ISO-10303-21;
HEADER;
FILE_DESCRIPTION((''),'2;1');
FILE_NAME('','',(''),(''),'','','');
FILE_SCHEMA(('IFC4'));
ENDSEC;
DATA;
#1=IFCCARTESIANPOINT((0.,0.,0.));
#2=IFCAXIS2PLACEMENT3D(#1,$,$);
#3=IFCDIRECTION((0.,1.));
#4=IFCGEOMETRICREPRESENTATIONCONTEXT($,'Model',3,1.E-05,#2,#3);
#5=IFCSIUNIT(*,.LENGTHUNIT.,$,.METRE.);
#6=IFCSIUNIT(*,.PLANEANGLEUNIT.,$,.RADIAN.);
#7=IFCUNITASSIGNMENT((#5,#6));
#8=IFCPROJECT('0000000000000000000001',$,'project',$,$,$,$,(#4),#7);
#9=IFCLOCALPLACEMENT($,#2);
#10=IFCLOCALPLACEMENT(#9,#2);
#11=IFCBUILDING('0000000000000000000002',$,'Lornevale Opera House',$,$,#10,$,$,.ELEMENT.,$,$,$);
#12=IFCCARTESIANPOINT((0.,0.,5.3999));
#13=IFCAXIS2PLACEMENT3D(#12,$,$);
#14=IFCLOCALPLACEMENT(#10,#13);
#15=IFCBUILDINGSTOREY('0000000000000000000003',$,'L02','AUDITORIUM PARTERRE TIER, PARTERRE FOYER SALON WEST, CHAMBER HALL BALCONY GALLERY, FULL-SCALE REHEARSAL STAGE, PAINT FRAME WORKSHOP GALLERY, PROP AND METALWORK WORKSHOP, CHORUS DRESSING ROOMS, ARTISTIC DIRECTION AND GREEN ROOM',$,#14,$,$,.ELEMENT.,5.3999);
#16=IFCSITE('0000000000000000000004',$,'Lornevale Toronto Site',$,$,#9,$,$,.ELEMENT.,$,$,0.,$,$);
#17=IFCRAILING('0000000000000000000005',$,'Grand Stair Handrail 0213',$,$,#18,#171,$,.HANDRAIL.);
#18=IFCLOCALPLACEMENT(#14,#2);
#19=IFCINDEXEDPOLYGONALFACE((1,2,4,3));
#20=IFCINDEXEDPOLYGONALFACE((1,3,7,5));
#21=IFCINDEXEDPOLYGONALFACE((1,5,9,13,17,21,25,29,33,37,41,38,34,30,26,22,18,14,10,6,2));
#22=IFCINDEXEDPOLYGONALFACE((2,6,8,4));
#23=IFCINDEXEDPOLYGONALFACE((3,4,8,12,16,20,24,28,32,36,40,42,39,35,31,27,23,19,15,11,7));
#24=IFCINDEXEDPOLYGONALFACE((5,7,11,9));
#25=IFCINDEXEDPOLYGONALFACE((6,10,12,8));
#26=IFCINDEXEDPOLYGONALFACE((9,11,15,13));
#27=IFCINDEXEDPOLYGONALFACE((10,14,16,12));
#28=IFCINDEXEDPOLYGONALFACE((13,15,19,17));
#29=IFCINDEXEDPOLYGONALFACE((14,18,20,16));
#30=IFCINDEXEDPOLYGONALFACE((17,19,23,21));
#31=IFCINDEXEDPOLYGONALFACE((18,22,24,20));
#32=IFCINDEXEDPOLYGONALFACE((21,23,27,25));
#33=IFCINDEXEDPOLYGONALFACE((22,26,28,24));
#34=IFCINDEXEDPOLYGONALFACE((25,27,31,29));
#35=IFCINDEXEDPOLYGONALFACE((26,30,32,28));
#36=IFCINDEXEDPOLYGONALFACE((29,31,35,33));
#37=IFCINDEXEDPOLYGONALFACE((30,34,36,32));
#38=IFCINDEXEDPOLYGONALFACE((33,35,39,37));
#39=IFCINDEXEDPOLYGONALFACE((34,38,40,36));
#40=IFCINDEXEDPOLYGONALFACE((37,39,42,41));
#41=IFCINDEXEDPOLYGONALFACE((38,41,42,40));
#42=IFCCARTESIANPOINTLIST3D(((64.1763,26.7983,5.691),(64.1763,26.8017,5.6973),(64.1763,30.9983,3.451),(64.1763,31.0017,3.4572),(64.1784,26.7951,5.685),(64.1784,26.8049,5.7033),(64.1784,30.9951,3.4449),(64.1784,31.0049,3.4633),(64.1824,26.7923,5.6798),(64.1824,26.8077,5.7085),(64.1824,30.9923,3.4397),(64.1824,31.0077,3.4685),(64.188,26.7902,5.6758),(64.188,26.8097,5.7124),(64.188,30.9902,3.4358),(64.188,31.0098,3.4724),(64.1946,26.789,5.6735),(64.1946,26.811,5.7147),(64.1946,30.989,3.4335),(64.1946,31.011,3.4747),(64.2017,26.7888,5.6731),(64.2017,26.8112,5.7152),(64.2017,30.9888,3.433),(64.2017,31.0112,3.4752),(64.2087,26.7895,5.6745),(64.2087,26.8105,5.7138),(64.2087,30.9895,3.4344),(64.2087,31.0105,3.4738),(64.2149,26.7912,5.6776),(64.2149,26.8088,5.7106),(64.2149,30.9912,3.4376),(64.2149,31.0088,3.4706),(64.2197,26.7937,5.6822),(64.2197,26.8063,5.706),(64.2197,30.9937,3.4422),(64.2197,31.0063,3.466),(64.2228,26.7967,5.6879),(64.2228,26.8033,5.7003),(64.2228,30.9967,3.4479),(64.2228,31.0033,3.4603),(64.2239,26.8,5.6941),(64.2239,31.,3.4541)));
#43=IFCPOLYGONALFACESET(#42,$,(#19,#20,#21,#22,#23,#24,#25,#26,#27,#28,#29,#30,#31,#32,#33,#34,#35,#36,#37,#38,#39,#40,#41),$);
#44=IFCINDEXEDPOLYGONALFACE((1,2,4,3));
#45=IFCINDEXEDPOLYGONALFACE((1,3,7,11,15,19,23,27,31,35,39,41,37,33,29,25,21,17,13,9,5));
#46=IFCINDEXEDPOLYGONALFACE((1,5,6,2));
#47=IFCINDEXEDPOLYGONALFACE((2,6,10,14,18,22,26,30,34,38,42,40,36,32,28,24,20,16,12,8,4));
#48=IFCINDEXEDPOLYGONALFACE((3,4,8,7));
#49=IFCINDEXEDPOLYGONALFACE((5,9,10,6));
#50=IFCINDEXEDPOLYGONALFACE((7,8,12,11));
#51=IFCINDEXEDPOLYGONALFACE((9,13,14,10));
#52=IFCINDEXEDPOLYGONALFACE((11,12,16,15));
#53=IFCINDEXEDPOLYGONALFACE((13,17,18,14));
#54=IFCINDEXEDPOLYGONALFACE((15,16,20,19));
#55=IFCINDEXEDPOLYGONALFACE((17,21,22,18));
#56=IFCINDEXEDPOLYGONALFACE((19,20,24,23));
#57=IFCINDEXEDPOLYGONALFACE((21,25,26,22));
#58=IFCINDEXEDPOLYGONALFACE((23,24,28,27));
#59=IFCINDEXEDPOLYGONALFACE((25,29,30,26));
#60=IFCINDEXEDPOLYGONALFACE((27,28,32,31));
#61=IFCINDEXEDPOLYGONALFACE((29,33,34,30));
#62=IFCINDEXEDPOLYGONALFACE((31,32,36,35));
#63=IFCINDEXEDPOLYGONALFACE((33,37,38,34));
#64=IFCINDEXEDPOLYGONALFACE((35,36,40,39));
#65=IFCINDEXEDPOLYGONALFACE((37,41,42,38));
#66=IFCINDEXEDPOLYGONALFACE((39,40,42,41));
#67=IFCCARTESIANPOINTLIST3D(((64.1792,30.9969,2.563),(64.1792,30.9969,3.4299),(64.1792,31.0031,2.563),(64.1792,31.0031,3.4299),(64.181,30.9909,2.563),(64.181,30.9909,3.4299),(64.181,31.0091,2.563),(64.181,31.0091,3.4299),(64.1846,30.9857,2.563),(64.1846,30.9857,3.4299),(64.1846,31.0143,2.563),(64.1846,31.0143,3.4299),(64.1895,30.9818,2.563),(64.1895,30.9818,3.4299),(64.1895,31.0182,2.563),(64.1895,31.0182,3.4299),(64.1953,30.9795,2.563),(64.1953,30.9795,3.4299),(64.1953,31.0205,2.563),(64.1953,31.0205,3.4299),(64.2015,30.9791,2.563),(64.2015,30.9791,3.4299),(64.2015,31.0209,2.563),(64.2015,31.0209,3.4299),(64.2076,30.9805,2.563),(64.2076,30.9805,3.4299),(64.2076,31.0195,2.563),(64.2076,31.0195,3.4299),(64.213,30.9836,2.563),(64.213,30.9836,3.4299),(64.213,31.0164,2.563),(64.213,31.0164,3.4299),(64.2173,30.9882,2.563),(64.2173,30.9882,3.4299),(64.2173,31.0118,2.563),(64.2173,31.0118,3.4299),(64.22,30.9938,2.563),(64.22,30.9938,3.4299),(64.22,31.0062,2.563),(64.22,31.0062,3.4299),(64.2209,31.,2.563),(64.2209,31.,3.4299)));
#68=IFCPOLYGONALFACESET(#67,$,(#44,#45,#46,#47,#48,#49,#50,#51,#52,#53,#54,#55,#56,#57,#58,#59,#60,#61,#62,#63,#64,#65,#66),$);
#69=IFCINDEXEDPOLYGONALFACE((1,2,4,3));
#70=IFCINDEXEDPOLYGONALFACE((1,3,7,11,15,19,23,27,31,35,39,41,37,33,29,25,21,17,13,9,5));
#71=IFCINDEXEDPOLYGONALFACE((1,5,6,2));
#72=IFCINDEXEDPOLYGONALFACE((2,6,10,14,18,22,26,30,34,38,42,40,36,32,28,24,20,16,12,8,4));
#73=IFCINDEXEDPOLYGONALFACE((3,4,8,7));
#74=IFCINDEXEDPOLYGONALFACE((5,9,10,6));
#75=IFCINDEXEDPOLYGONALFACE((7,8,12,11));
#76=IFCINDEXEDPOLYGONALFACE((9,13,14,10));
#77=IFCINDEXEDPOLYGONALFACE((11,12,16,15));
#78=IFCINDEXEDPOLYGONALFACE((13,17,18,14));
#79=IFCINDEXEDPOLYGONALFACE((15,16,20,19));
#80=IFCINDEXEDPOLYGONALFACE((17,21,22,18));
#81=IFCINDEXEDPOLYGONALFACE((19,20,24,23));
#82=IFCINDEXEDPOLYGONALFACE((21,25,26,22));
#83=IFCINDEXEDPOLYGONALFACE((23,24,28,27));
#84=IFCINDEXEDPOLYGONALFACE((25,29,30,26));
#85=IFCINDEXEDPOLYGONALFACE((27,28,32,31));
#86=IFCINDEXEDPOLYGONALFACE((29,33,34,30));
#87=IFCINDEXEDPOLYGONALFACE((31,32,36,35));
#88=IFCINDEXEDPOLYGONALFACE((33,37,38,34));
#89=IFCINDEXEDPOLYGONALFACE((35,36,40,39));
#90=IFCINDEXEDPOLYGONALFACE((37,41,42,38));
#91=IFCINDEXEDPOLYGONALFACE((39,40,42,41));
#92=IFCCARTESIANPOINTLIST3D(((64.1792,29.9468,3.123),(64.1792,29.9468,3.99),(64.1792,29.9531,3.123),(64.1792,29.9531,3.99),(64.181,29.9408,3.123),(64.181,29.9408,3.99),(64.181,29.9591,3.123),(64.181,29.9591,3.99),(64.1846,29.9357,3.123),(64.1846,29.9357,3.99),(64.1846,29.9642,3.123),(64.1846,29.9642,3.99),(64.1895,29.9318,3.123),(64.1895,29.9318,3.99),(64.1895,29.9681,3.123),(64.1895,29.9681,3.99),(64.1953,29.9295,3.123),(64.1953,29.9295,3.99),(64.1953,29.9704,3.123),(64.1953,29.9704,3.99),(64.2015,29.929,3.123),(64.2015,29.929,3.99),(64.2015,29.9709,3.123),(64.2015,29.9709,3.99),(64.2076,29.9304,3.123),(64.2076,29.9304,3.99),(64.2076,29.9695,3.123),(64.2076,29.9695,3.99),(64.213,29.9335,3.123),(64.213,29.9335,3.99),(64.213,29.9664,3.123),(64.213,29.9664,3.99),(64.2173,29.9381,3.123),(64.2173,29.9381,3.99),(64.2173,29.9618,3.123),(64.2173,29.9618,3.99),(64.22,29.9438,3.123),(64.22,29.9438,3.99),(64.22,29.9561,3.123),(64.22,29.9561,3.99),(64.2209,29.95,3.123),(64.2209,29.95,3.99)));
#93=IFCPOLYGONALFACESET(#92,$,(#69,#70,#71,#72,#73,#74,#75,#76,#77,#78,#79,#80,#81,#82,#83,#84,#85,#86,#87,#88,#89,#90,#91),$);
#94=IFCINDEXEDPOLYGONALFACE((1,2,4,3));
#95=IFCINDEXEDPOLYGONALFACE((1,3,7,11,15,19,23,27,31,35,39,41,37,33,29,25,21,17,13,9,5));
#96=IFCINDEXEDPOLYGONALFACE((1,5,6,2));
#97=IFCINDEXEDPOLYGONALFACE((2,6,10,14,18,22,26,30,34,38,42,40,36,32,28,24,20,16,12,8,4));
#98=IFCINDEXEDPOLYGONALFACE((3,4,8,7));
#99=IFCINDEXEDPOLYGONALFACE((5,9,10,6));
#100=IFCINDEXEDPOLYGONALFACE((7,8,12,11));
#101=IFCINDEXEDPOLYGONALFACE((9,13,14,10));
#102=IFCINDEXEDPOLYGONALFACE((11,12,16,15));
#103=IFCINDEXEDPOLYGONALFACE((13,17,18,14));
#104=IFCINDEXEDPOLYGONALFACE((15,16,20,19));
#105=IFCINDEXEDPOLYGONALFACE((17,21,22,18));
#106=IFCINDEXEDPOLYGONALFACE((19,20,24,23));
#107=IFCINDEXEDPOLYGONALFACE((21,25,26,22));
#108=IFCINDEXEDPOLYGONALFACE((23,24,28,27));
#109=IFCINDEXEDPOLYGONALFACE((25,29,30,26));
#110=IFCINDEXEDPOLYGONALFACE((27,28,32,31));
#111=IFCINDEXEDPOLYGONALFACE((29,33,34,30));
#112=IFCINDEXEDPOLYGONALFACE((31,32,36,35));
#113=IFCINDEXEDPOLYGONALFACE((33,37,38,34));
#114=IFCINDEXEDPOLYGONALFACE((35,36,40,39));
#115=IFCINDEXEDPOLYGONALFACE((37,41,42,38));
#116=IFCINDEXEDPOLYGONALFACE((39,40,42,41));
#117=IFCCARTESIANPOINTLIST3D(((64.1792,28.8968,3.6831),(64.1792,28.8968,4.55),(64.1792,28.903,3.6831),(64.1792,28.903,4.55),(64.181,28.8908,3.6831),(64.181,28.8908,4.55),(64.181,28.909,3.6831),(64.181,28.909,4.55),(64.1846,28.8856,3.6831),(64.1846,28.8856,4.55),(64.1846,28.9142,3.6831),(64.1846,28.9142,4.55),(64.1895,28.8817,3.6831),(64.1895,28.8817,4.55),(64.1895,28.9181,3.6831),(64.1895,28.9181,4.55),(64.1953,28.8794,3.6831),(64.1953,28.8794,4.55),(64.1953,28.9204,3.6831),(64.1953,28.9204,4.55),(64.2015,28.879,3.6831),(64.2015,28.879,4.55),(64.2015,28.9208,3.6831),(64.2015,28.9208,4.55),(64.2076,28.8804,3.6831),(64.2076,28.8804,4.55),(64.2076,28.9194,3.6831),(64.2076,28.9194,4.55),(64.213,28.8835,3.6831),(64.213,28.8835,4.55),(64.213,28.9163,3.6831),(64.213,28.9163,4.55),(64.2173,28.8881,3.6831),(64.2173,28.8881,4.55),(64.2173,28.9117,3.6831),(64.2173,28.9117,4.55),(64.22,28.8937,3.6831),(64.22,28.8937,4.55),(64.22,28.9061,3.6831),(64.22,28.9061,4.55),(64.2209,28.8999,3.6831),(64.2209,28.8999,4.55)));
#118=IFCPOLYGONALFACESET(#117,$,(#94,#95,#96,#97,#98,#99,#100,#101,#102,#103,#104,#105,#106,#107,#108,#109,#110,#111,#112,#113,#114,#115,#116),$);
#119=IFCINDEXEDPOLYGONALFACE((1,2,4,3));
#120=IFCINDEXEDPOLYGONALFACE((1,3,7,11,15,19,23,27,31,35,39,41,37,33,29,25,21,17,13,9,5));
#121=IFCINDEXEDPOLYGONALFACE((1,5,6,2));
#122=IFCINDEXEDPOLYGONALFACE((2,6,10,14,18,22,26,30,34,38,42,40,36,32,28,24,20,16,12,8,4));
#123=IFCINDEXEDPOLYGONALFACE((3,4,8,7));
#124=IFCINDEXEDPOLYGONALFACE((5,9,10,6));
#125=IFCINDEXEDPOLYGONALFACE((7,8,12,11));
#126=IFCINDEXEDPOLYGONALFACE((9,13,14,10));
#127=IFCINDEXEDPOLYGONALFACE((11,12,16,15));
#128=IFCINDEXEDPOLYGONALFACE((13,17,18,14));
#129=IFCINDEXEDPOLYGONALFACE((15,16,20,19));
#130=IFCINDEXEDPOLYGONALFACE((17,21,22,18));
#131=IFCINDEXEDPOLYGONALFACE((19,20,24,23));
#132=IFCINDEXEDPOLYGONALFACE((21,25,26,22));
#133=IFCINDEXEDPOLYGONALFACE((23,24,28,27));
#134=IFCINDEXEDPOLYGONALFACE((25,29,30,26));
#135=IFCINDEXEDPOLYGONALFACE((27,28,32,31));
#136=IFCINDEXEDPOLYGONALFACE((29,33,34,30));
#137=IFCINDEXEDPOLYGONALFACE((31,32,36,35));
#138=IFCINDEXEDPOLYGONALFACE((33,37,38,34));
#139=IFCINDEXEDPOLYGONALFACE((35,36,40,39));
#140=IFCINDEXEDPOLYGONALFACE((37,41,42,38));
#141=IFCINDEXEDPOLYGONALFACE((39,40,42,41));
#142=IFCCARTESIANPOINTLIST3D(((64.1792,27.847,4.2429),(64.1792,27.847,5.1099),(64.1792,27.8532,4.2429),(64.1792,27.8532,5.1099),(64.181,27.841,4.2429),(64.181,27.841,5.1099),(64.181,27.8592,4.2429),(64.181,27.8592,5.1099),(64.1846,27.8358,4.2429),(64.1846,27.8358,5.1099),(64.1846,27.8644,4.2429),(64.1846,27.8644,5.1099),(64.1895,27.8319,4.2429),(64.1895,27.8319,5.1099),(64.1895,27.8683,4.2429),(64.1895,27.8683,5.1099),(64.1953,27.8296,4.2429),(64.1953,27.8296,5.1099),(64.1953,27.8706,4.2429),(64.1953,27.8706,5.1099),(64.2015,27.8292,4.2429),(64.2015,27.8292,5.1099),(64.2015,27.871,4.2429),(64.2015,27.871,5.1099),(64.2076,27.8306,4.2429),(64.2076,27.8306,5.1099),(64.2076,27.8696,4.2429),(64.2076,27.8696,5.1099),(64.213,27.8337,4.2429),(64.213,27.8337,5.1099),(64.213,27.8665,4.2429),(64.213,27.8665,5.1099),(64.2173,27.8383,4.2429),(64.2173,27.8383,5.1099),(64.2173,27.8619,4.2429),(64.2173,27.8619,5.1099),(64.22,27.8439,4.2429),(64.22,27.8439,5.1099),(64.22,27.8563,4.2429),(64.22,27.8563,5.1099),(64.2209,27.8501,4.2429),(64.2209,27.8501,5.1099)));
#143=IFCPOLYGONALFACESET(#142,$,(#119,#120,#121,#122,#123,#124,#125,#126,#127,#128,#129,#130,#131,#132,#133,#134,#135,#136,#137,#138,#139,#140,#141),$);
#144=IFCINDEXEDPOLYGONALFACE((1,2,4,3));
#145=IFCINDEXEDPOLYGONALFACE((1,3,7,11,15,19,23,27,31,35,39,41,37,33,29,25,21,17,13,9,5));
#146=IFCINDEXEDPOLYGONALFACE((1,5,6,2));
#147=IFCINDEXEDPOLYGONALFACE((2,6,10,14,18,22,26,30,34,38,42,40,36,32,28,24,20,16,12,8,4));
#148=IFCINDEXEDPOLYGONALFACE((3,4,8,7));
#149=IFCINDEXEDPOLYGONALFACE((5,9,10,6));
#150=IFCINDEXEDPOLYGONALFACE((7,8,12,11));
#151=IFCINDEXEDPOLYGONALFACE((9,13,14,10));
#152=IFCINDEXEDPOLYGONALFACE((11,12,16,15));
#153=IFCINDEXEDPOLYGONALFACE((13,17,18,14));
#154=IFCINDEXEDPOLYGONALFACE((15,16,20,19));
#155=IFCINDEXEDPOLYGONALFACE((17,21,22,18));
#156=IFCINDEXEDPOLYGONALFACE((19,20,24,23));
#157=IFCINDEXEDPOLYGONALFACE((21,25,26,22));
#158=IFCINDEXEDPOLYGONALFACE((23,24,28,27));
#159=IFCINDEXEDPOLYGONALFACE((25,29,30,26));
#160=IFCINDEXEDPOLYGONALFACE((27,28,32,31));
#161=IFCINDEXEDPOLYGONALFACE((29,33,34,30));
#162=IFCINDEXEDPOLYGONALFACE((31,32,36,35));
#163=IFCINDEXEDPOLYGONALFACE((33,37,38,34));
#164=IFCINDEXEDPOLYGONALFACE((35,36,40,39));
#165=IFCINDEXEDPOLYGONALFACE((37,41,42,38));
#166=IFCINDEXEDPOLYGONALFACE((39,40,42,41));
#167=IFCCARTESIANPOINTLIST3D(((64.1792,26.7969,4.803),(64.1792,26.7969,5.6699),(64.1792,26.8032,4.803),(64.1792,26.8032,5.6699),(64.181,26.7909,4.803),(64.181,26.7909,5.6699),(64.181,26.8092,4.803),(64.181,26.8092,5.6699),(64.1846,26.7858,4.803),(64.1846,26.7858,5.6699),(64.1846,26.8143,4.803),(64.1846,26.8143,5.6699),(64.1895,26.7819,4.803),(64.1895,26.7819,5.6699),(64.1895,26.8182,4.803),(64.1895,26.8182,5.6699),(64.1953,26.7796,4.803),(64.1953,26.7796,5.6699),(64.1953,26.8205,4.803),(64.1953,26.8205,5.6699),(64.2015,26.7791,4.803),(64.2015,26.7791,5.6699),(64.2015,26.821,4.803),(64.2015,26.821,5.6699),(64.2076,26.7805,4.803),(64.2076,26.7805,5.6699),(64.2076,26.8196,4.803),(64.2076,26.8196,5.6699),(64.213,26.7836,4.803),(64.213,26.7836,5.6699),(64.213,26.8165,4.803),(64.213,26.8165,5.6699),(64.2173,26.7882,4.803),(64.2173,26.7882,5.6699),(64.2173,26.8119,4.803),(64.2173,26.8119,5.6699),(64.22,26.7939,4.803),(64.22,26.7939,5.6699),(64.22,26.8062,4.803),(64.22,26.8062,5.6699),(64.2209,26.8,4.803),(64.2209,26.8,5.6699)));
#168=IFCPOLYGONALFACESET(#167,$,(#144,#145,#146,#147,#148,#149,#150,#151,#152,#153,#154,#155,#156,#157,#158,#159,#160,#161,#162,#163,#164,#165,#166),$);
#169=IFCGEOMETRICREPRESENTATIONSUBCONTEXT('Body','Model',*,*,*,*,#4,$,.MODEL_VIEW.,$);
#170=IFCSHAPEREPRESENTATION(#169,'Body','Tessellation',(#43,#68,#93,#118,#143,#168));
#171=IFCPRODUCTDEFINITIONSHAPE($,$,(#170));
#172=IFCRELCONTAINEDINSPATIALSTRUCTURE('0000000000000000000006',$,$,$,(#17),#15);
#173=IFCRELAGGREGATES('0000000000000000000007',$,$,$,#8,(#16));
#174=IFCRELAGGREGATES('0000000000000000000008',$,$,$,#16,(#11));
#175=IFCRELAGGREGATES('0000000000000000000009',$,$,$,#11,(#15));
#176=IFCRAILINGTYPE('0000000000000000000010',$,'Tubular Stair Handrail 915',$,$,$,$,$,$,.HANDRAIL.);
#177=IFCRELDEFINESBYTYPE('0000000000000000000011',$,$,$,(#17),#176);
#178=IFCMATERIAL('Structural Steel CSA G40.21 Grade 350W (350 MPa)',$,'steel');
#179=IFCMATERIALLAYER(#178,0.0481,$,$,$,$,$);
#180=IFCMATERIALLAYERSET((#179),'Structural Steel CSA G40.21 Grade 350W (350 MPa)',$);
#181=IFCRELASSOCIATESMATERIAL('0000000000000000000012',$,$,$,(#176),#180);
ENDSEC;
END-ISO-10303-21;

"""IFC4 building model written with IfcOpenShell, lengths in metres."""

from ifc_helpers import new_model, si_unit, direction, frame, origin, origin_2d, place, context, subcontext, project, spatial, circle, extrude, material, layer, layer_set, type_object, element, save


model = new_model("IFC4")

# Units and contexts
model_context = context("Model", 3, precision=1e-05, world=origin(), true_north=direction((0.0, 1.0)))
body_context = subcontext(model_context, "Body", "Model", "MODEL_VIEW")
ifc_project = project(units=[si_unit("LENGTHUNIT", "METRE"), si_unit("PLANEANGLEUNIT", "RADIAN")], contexts=[model_context])

# Site, building, storey
site_placement = place(None, origin())
site = spatial("IfcSite", under=ifc_project, at=site_placement, Name="Lornevale Toronto Site", CompositionType="ELEMENT", RefElevation=0.0)
building_placement = place(site_placement, origin())
building = spatial("IfcBuilding", under=site, at=building_placement, Name="Lornevale Opera House", CompositionType="ELEMENT")
storey_placement = place(building_placement, frame((0.0, 0.0, 5.3999)))
storey = spatial("IfcBuildingStorey", under=building, at=storey_placement, Name="L02", Description="AUDITORIUM PARTERRE TIER, PARTERRE FOYER SALON WEST, CHAMBER HALL BALCONY GALLERY, FULL-SCALE REHEARSAL STAGE, PAINT FRAME WORKSHOP GALLERY, PROP AND METALWORK WORKSHOP, CHORUS DRESSING ROOMS, ARTISTIC DIRECTION AND GREEN ROOM", CompositionType="ELEMENT", Elevation=5.3999)

# Shared definitions
ifc_material_1 = material(Name="Structural Steel CSA G40.21 Grade 350W (350 MPa)", Category="steel")

# Railing
ifc_layer_1 = layer(ifc_material_1, 0.0481)
ifc_layer_set_1 = layer_set([ifc_layer_1], Name="Structural Steel CSA G40.21 Grade 350W (350 MPa)")
railing_type_1 = type_object("IfcRailingType", Name="Tubular Stair Handrail 915", PredefinedType="HANDRAIL", material=ifc_layer_set_1)
railing_1_placement = place(storey_placement, frame((64.2, 31.0, 2.563)))
element("IfcRailing", 1, at=railing_1_placement, inside=storey, type_object=railing_type_1, Name="Grand Stair Handrail 0213", PredefinedType="HANDRAIL", context=body_context, shape_type="SweptSolid", body=[
    extrude(circle(Radius=0.0239, at=origin_2d()), frame((0.0, 0.0, 0.8911), z_axis=(0.0, -0.882352, 0.470591), x_axis=(1.0, 0.0, 0.0)), (0.0, 0.0, 1.0), 4.76),
    extrude(circle(Radius=0.021, at=origin_2d()), origin(), (0.0, 0.0, 1.0), 0.8669),
    extrude(circle(Radius=0.021, at=origin_2d()), frame((0.0, -1.05, 0.5601)), (0.0, 0.0, 1.0), 0.8669),
    extrude(circle(Radius=0.021, at=origin_2d()), frame((0.0, -2.1001, 1.1201)), (0.0, 0.0, 1.0), 0.8669),
    extrude(circle(Radius=0.021, at=origin_2d()), frame((0.0, -3.1499, 1.6799)), (0.0, 0.0, 1.0), 0.8669),
    extrude(circle(Radius=0.021, at=origin_2d()), frame((0.0, -4.2, 2.24)), (0.0, 0.0, 1.0), 0.8669),
])

save(model, "model.ifc")
